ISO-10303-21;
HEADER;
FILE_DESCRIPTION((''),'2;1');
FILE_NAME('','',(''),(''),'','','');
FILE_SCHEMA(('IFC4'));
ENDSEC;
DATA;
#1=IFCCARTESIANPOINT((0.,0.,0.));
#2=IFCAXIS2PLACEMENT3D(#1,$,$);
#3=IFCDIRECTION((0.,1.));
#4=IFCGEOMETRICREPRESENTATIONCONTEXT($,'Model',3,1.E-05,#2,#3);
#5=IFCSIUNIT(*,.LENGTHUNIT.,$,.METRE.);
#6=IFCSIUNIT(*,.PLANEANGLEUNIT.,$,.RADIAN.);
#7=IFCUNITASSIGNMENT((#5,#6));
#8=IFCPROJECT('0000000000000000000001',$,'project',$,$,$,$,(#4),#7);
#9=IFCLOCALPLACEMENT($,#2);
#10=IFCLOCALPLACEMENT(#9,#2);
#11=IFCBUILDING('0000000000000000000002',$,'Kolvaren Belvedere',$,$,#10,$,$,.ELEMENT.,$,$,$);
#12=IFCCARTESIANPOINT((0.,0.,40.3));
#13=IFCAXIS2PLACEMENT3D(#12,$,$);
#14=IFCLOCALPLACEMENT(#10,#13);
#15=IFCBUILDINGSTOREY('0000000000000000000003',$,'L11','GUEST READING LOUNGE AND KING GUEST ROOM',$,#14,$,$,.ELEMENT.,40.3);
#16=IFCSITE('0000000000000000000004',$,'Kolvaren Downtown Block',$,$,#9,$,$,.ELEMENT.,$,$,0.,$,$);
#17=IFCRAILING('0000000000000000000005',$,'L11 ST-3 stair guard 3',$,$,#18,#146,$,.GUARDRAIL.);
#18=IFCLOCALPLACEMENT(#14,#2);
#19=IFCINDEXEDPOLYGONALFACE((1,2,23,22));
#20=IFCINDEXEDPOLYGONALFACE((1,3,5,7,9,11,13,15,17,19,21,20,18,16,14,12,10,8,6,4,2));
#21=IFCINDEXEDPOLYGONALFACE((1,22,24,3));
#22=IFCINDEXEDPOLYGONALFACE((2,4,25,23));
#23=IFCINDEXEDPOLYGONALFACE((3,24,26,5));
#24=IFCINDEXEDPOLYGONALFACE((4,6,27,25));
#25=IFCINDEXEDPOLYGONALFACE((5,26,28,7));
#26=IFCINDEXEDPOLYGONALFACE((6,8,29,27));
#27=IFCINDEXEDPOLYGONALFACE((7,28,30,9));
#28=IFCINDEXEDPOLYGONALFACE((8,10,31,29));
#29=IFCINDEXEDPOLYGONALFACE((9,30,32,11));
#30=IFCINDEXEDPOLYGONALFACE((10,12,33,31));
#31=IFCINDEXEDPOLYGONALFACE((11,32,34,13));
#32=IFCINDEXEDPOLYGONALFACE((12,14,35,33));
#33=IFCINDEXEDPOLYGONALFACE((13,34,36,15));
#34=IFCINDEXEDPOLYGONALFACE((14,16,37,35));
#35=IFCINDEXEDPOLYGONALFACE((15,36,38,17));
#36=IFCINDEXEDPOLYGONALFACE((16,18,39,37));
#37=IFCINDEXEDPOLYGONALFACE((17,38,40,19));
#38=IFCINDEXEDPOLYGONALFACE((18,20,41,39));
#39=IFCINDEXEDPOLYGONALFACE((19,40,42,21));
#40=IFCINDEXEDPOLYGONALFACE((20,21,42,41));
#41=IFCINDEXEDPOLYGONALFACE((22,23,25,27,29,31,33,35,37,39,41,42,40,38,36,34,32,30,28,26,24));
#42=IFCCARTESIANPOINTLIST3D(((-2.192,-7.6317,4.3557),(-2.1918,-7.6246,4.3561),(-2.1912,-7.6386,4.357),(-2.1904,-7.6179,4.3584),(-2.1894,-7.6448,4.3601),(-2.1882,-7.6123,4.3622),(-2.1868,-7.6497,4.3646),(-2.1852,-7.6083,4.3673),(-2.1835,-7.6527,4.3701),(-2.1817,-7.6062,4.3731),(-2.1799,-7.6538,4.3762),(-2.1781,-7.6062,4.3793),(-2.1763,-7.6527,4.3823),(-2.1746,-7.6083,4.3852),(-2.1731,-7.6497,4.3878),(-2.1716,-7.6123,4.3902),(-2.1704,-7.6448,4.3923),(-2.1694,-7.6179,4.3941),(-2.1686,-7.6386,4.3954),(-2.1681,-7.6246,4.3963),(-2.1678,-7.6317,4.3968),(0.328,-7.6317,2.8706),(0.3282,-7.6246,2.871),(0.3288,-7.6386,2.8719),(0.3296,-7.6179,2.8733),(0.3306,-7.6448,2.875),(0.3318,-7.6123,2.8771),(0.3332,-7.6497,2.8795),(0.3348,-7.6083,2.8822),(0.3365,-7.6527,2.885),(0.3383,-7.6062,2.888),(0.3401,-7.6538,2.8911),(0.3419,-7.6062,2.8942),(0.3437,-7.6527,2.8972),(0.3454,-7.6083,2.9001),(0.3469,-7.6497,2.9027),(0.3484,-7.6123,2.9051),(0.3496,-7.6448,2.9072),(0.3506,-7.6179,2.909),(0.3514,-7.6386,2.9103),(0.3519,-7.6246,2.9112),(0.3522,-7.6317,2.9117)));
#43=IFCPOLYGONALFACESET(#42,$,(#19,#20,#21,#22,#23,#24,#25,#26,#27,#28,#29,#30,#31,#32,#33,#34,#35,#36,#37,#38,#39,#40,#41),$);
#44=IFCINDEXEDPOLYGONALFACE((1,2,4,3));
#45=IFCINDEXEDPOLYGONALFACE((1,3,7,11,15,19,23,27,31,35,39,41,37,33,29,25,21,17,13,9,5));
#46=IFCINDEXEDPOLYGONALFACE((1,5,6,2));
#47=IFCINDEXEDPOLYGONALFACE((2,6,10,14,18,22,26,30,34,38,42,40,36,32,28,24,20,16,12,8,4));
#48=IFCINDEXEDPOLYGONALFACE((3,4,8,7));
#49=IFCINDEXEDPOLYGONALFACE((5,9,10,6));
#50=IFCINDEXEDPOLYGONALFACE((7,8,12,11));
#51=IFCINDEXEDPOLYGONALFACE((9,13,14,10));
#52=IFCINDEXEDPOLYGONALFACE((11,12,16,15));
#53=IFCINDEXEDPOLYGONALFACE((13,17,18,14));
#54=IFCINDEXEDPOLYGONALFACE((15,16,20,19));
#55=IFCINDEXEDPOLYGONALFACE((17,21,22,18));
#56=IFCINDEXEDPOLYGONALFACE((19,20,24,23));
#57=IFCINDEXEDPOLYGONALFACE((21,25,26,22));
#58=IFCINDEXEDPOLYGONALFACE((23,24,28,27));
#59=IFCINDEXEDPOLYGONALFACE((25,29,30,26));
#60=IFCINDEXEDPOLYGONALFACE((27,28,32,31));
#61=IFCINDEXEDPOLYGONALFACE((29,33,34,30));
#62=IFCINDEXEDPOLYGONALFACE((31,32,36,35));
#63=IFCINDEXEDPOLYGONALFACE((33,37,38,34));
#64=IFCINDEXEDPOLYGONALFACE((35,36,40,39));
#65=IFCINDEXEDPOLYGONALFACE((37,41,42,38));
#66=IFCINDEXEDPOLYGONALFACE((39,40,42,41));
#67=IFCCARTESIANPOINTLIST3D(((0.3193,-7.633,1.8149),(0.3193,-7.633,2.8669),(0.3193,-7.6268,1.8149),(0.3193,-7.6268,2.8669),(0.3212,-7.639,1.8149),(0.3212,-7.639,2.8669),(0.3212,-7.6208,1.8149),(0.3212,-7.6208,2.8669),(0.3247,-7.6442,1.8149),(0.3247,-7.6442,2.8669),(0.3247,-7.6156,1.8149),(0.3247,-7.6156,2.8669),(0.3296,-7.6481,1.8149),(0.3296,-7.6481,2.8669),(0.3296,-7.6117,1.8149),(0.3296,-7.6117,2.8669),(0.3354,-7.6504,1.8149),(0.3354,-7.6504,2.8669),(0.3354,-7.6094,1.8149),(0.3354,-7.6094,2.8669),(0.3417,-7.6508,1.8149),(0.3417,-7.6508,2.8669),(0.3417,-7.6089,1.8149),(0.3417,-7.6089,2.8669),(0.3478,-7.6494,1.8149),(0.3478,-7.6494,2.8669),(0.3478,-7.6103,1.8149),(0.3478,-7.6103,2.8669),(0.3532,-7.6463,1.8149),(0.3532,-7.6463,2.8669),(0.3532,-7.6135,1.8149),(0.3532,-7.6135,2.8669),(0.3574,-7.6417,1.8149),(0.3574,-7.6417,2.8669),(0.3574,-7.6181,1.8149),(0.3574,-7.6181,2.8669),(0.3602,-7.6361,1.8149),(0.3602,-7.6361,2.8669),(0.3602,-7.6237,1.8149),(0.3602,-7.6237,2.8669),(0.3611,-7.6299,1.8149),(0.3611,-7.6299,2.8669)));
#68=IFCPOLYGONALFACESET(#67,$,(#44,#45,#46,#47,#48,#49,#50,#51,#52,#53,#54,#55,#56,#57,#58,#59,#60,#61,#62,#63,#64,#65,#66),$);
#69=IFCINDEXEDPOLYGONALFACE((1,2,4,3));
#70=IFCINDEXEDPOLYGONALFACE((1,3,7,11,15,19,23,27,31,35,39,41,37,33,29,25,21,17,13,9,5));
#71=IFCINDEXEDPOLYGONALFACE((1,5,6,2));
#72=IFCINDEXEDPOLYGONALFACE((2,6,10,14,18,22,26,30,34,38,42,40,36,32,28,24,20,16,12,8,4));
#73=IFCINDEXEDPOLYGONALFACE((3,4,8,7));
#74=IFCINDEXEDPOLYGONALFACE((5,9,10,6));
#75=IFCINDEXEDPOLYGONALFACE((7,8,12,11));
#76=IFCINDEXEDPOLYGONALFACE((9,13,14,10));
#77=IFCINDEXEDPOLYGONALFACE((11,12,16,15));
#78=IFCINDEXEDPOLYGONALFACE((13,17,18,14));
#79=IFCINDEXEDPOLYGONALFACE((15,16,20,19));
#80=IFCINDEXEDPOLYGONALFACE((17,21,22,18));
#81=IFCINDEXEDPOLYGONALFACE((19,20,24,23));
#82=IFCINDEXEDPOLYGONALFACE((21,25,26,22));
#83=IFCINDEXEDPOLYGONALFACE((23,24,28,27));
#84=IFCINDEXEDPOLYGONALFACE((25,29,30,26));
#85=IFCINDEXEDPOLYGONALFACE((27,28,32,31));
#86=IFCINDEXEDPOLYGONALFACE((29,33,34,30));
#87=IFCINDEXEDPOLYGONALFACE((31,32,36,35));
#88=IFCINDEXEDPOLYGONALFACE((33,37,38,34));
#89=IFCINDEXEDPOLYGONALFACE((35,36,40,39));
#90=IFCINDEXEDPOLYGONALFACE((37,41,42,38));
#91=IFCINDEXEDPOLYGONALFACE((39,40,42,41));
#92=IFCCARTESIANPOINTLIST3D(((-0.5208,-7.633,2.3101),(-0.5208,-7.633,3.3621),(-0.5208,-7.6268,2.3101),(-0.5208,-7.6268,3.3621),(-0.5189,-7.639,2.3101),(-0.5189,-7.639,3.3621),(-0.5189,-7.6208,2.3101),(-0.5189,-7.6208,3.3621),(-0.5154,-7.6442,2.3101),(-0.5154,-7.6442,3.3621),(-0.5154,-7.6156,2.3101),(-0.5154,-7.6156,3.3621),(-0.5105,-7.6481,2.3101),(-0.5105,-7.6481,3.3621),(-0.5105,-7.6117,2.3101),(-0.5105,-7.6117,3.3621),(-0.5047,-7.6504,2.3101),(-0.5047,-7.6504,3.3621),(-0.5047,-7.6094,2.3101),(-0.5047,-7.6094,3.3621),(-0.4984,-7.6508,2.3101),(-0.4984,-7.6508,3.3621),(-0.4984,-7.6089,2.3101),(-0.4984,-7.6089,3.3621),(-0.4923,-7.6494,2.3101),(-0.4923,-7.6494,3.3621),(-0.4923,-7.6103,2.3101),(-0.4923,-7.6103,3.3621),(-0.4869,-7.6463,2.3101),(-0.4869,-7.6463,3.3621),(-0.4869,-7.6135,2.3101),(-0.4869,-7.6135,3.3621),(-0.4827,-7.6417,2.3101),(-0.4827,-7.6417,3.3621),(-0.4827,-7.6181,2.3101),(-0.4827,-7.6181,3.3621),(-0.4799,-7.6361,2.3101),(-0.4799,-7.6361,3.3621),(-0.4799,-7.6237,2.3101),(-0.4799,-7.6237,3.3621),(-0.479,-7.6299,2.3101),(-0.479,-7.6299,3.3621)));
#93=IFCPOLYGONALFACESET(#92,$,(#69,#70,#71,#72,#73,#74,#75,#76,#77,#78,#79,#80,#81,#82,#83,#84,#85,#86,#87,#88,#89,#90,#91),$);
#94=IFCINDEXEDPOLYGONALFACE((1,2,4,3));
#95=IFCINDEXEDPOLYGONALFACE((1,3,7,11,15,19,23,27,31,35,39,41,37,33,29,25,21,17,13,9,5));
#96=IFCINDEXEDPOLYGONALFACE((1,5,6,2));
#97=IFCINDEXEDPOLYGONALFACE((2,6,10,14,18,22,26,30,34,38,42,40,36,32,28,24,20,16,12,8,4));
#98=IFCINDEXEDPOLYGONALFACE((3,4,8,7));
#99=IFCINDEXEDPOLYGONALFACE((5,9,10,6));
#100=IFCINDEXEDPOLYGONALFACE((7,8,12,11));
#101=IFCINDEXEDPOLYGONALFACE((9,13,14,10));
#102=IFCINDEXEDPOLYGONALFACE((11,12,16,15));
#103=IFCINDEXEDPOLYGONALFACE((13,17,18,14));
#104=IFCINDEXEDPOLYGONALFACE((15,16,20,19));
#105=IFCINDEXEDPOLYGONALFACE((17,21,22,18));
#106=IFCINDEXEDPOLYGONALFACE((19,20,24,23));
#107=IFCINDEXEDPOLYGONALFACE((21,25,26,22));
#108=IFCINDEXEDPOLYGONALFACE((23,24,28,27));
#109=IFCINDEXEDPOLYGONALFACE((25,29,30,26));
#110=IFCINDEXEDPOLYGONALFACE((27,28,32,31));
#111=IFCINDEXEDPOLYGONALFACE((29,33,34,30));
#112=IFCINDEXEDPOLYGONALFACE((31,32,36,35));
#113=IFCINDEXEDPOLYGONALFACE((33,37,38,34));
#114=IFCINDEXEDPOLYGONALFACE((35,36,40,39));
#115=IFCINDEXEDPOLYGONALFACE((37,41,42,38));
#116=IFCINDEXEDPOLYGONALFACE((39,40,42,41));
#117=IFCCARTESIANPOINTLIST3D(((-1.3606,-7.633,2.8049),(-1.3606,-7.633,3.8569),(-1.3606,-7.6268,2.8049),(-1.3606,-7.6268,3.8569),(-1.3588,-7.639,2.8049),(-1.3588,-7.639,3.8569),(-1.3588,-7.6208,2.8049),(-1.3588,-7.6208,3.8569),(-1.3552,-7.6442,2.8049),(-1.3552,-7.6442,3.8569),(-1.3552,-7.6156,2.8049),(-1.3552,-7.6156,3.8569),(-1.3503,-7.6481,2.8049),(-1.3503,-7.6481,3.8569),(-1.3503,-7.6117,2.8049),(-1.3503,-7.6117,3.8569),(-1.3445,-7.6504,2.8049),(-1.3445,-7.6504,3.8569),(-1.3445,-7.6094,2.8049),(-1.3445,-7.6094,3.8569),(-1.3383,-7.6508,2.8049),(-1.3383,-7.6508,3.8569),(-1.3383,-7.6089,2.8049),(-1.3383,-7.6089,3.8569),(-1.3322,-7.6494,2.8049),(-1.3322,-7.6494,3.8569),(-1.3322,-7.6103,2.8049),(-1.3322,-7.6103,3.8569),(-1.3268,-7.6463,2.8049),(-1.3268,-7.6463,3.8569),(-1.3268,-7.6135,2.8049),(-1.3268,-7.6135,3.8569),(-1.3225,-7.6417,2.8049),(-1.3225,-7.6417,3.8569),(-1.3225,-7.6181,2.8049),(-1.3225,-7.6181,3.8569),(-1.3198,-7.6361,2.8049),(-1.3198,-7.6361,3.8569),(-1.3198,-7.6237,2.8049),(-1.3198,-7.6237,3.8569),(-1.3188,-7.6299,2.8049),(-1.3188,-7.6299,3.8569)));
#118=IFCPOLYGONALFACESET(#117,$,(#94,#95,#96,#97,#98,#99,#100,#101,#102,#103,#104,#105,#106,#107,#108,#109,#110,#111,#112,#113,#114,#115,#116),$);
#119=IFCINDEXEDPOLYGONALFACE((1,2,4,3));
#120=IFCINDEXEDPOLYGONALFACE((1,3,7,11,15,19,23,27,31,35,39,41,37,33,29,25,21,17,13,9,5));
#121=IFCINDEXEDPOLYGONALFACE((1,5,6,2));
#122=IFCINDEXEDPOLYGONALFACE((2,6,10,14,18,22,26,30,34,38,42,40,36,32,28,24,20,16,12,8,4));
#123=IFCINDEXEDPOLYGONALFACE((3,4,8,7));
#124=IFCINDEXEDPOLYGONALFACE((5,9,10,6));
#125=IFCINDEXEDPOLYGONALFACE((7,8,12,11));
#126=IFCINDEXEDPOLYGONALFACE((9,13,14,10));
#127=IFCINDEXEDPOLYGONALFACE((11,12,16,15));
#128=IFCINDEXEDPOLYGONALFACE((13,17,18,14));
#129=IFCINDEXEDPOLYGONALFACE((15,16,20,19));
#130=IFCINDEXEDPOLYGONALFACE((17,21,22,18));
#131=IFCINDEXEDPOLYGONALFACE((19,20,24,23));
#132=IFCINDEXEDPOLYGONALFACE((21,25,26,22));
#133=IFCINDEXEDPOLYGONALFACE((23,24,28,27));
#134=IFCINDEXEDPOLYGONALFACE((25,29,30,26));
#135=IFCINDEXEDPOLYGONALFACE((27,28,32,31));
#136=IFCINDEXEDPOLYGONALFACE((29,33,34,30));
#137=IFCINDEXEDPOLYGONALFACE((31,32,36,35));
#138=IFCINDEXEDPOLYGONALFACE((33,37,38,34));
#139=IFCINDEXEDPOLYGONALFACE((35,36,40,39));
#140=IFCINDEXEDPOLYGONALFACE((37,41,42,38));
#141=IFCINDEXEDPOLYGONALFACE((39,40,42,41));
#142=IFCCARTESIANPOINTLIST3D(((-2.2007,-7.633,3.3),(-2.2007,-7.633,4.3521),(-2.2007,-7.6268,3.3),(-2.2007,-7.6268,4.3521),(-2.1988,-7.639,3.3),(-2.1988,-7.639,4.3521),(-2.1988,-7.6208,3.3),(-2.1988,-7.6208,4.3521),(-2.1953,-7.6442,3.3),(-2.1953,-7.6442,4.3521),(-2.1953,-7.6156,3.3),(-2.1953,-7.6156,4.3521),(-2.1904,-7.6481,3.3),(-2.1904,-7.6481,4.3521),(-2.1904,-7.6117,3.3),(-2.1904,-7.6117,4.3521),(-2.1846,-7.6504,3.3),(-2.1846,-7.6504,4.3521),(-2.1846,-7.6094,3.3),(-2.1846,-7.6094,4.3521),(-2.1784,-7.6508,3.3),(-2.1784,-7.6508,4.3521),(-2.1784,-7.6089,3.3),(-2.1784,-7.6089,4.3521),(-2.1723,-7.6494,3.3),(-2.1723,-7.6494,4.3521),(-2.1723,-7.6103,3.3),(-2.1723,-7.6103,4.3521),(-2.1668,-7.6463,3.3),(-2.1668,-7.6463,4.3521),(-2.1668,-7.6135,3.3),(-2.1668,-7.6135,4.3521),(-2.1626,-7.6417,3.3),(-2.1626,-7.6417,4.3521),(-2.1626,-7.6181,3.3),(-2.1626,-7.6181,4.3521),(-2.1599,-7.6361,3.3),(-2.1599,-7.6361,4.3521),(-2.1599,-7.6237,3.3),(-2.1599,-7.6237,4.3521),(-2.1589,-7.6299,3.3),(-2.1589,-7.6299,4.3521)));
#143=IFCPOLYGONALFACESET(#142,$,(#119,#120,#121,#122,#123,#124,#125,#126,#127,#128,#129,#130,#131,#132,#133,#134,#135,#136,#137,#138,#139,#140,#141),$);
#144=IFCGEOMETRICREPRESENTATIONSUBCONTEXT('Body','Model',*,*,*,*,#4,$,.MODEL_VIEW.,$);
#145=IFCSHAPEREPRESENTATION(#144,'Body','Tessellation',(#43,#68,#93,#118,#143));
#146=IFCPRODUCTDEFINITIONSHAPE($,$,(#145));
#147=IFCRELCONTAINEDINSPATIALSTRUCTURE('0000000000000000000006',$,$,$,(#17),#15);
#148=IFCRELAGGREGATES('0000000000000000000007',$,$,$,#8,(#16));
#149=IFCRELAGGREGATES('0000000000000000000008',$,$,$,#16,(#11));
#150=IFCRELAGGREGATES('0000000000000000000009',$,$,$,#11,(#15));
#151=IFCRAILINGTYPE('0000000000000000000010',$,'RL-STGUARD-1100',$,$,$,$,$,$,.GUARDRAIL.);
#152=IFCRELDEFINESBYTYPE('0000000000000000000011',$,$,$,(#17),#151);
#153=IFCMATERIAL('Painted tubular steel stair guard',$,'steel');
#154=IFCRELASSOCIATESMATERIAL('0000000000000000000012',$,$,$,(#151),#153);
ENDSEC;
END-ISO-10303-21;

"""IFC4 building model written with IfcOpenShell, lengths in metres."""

from ifc_helpers import new_model, si_unit, direction, frame, origin, origin_2d, place, context, subcontext, project, spatial, circle, extrude, material, type_object, element, save


model = new_model("IFC4")

# Units and contexts
model_context = context("Model", 3, precision=1e-05, world=origin(), true_north=direction((0.0, 1.0)))
body_context = subcontext(model_context, "Body", "Model", "MODEL_VIEW")
ifc_project = project(units=[si_unit("LENGTHUNIT", "METRE"), si_unit("PLANEANGLEUNIT", "RADIAN")], contexts=[model_context])

# Site, building, storey
site_placement = place(None, origin())
site = spatial("IfcSite", under=ifc_project, at=site_placement, Name="Kolvaren Downtown Block", CompositionType="ELEMENT", RefElevation=0.0)
building_placement = place(site_placement, origin())
building = spatial("IfcBuilding", under=site, at=building_placement, Name="Kolvaren Belvedere", CompositionType="ELEMENT")
storey_placement = place(building_placement, frame((0.0, 0.0, 40.3)))
storey = spatial("IfcBuildingStorey", under=building, at=storey_placement, Name="L11", Description="GUEST READING LOUNGE AND KING GUEST ROOM", CompositionType="ELEMENT", Elevation=40.3)

# Railing
ifc_material_1 = material(Name="Painted tubular steel stair guard", Category="steel")
railing_type_1 = type_object("IfcRailingType", Name="RL-STGUARD-1100", PredefinedType="GUARDRAIL", material=ifc_material_1)
railing_1_placement = place(storey_placement, frame((0.3401, -7.6299, 1.8149)))
element("IfcRailing", 1, at=railing_1_placement, inside=storey, type_object=railing_type_1, Name="L11 ST-3 stair guard 3", PredefinedType="GUARDRAIL", context=body_context, shape_type="SweptSolid", body=[
    extrude(circle(Radius=0.0239, at=origin_2d()), frame((0.0, 0.0, 1.0762), z_axis=(-0.861524, 0.0, 0.507717), x_axis=(0.0, -1.0, 0.0)), (0.0, 0.0, 1.0), 2.925),
    extrude(circle(Radius=0.021, at=origin_2d()), origin(), (0.0, 0.0, 1.0), 1.052),
    extrude(circle(Radius=0.021, at=origin_2d()), frame((-0.8401, 0.0, 0.4951)), (0.0, 0.0, 1.0), 1.052),
    extrude(circle(Radius=0.021, at=origin_2d()), frame((-1.6799, 0.0, 0.99)), (0.0, 0.0, 1.0), 1.052),
    extrude(circle(Radius=0.021, at=origin_2d()), frame((-2.52, 0.0, 1.4851)), (0.0, 0.0, 1.0), 1.052),
])

save(model, "model.ifc")
